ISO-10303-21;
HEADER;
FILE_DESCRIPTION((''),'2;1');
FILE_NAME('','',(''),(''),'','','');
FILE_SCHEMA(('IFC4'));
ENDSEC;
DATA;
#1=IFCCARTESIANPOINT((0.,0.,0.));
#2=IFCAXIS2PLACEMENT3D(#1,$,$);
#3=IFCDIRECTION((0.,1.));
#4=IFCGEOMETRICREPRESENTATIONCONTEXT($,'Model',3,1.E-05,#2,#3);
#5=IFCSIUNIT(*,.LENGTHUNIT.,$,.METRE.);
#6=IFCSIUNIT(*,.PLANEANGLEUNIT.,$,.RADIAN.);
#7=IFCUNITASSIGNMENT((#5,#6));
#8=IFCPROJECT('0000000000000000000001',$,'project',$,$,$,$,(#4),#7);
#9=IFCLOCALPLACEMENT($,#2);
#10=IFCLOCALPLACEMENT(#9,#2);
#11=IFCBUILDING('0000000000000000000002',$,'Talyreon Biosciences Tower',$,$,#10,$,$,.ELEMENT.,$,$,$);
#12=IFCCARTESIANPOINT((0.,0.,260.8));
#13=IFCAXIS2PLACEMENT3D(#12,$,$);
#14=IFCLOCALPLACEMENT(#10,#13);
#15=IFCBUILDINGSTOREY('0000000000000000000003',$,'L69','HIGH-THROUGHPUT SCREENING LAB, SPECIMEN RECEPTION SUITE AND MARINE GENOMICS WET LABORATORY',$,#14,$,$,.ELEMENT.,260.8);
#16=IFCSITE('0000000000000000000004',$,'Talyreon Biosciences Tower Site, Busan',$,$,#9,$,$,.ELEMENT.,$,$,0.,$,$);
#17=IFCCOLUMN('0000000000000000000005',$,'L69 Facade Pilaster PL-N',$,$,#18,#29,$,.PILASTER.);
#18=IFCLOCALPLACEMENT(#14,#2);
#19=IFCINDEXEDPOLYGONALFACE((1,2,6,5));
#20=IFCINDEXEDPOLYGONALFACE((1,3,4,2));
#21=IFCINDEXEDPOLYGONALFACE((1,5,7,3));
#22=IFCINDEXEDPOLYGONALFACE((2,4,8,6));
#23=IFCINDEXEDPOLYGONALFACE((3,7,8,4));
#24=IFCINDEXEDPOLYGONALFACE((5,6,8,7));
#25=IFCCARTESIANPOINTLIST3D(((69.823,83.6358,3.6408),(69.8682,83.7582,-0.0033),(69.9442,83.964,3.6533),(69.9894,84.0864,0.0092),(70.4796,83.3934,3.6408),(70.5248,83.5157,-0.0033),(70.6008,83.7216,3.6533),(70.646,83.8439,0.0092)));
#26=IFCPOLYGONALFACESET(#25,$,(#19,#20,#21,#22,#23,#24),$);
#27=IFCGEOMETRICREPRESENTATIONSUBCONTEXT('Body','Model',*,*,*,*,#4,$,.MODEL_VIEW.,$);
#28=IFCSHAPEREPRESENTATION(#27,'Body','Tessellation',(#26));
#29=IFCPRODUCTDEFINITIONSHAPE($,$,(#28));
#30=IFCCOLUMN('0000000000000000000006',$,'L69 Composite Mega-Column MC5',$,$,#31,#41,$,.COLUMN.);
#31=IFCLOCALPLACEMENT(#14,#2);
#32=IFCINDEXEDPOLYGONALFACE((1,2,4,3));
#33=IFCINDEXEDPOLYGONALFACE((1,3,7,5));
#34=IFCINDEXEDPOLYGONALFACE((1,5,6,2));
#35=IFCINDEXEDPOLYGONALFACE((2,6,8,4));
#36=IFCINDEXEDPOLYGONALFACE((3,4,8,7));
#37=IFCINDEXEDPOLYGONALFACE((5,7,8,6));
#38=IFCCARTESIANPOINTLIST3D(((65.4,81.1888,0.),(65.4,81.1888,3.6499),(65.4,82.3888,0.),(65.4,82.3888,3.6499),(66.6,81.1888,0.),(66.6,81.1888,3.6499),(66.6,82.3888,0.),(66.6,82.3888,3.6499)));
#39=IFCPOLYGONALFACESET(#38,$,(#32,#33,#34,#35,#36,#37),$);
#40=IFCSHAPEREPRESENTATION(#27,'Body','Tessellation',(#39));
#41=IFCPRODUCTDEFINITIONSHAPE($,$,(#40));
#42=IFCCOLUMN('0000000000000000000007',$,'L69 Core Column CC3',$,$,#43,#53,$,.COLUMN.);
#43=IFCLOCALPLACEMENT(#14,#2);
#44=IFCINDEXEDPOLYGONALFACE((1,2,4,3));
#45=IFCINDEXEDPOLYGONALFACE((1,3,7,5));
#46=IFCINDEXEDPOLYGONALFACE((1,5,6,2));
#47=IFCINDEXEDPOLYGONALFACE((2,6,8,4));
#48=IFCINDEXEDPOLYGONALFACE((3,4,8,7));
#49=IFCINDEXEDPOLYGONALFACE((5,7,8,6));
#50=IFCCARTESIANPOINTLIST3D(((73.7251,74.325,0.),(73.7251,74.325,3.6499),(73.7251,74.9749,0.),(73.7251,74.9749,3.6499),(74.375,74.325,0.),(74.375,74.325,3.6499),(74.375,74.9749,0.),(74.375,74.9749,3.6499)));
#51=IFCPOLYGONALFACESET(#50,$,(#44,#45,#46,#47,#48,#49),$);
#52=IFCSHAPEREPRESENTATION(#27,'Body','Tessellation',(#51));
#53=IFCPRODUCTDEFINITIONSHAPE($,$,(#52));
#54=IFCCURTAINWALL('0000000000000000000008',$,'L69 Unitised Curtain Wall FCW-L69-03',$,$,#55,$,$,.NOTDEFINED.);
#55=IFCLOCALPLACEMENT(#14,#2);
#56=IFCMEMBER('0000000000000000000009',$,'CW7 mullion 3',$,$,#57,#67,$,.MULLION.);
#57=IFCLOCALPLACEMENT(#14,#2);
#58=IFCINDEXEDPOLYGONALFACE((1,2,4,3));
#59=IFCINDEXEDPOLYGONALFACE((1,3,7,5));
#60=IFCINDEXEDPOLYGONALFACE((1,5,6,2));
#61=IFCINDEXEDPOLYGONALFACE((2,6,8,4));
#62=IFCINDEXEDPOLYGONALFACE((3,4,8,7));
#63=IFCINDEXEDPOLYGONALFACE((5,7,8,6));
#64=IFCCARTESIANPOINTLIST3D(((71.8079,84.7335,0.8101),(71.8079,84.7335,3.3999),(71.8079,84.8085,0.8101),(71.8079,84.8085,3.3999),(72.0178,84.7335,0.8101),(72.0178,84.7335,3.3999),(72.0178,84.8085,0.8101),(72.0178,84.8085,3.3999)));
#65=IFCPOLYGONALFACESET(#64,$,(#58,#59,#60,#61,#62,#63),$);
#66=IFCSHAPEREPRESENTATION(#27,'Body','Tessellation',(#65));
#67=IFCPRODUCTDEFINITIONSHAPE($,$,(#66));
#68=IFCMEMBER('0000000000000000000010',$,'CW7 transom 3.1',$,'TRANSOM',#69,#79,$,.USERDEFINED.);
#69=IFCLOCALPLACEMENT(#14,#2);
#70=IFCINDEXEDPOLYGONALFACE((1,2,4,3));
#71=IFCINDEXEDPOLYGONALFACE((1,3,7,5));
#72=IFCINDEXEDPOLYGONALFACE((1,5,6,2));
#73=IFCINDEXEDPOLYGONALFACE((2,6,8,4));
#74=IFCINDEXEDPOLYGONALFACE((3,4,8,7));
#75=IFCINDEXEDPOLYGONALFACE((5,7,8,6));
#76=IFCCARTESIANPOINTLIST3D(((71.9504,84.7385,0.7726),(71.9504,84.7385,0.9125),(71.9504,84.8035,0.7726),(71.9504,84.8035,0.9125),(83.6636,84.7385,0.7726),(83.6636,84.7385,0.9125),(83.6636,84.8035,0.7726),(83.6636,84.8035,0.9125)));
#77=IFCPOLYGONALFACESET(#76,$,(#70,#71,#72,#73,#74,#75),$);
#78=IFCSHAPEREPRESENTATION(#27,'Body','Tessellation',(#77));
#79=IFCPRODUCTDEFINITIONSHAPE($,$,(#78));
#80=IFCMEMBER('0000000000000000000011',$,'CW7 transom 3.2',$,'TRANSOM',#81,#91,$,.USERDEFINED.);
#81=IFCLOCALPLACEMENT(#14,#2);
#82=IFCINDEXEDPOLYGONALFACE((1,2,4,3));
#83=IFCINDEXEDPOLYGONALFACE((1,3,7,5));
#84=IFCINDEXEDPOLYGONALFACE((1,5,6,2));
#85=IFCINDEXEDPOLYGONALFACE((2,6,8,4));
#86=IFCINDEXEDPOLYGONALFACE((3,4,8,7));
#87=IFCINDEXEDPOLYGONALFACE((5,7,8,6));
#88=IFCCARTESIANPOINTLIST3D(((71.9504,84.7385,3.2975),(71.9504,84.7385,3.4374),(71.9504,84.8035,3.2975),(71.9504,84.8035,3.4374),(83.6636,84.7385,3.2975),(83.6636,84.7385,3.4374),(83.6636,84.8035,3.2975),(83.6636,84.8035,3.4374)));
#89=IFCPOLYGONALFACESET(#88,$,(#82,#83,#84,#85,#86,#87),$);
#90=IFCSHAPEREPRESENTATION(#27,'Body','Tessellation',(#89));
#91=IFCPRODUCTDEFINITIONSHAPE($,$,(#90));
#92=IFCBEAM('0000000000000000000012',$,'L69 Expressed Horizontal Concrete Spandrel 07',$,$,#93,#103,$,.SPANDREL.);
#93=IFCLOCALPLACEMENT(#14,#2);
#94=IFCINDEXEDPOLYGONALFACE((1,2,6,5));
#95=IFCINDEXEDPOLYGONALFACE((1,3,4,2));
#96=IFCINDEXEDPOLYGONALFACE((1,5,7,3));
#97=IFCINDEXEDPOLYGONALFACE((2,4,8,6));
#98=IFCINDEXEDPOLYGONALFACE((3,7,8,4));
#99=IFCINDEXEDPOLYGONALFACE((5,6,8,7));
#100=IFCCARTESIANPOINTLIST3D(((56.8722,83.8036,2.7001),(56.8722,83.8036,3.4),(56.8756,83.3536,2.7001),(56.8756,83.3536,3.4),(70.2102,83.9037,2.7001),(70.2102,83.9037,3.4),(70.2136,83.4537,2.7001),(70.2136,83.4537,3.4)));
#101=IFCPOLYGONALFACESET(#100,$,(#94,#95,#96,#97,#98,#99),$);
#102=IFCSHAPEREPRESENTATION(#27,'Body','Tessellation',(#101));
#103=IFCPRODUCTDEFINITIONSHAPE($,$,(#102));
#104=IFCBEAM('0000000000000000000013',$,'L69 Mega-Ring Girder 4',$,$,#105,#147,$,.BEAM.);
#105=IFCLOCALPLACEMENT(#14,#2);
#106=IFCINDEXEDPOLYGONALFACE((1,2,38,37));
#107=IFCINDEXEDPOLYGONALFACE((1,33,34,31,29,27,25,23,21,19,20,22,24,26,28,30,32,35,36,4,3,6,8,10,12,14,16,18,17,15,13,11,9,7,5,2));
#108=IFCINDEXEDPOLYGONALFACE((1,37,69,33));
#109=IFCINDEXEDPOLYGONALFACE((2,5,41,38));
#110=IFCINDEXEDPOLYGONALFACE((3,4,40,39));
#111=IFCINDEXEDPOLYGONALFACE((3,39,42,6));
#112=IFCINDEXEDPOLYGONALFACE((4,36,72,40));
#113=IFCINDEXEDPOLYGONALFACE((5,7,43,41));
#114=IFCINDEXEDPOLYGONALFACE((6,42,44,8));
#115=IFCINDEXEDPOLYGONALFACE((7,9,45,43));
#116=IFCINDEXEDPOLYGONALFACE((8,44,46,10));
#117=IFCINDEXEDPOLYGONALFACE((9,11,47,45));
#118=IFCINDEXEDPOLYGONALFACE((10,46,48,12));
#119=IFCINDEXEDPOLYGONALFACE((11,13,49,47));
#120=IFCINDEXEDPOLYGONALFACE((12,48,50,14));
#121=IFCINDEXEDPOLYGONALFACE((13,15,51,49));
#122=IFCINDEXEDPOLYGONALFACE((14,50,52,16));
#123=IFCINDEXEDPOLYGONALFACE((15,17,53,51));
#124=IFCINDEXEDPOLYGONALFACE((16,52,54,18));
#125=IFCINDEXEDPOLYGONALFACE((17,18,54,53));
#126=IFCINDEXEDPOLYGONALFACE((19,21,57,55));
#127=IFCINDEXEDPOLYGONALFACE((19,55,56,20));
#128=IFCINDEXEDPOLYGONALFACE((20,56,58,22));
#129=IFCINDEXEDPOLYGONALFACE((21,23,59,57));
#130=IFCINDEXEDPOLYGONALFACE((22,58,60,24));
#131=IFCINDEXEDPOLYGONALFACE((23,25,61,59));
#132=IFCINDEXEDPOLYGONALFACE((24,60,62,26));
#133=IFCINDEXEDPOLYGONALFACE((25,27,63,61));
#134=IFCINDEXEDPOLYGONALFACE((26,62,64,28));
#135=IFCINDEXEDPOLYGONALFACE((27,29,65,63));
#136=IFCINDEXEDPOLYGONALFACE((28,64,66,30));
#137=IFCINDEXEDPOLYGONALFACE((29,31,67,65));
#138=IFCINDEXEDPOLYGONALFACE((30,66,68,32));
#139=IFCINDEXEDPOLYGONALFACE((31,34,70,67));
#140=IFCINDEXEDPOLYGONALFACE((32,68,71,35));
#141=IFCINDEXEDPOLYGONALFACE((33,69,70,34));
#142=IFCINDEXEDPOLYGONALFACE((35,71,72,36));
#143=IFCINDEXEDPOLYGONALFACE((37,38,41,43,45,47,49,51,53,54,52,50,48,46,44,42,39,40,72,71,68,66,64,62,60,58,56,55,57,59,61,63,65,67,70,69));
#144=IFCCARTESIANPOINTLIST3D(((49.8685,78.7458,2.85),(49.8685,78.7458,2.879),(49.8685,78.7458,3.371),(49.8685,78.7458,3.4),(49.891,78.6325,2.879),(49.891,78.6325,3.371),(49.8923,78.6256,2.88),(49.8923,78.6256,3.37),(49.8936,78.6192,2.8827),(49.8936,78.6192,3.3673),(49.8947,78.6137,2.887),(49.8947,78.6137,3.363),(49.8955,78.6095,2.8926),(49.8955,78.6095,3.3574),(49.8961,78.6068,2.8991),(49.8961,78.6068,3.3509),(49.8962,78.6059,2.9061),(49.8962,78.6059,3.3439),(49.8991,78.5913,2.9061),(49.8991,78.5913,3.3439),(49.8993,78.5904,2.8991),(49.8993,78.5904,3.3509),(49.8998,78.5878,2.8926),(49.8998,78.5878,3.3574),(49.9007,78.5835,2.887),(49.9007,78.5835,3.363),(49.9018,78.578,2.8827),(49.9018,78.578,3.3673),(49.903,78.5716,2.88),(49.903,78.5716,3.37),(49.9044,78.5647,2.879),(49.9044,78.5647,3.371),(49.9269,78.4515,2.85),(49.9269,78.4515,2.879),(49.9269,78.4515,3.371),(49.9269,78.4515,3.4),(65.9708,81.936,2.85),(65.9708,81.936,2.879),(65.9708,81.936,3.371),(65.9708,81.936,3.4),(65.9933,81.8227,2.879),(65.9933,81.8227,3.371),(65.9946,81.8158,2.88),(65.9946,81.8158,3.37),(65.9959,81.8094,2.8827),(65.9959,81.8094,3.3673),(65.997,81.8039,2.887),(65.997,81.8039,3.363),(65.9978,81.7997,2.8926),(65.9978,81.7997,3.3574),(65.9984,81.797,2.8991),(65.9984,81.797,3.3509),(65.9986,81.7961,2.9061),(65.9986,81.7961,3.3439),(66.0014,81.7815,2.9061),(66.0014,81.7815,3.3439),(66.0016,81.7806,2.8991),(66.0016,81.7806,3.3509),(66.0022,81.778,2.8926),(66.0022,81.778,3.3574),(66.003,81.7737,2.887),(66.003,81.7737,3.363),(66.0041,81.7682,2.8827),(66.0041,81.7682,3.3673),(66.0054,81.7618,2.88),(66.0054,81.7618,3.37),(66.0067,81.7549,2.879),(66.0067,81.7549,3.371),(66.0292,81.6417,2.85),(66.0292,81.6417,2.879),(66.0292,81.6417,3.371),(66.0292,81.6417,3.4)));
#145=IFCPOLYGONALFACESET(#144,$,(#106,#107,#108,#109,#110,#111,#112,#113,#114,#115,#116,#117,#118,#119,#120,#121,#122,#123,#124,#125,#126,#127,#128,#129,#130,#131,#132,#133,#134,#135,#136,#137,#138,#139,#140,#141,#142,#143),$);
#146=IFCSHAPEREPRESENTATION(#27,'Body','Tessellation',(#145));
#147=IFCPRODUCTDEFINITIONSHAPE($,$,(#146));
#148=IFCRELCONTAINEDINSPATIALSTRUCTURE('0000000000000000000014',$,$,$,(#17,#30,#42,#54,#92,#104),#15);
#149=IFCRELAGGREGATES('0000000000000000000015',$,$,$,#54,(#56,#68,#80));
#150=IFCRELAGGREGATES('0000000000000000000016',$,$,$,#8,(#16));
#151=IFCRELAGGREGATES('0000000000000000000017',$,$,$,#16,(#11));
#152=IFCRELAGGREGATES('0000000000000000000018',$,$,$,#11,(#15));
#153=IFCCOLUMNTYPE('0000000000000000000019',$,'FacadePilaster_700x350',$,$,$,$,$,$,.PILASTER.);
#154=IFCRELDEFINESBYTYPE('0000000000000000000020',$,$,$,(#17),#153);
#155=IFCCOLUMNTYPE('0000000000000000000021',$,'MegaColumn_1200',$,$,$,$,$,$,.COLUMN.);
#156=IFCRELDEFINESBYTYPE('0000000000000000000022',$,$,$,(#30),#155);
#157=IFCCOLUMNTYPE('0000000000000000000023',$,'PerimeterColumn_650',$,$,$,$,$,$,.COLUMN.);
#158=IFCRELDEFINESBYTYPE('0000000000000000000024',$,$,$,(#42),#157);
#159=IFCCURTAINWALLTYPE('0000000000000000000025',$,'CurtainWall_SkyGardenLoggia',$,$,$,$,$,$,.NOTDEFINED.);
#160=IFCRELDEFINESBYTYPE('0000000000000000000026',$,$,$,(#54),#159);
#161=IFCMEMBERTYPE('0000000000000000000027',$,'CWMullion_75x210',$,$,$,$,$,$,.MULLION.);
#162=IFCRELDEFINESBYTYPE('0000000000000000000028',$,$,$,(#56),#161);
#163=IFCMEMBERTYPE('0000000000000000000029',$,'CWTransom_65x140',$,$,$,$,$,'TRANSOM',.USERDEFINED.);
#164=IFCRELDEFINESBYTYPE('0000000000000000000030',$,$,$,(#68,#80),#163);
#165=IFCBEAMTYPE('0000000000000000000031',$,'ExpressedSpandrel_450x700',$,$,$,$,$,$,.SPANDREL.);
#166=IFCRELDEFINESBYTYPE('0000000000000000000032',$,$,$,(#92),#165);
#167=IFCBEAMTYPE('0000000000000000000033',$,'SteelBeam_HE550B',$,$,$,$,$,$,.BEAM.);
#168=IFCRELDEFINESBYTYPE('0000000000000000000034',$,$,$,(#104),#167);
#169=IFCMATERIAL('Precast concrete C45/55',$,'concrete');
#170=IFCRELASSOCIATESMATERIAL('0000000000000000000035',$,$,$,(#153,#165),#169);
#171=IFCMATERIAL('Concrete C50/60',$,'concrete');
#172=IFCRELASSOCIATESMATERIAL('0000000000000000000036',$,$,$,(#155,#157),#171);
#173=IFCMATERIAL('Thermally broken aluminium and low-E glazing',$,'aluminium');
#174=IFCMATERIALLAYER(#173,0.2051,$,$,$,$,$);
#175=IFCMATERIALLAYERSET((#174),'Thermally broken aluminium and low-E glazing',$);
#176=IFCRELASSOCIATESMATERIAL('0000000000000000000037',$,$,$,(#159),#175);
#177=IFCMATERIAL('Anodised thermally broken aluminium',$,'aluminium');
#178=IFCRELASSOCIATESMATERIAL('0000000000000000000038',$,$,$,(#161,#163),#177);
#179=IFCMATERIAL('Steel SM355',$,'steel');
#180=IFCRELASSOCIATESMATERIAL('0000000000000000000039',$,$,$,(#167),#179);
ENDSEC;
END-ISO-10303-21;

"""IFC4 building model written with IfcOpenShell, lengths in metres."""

from ifc_helpers import new_model, si_unit, direction, frame, origin, origin_2d, place, context, subcontext, project, spatial, rectangle, i_section, extrude, material, layer, layer_set, material_profile, profile_set, type_object, element, aggregate, save


model = new_model("IFC4")

# Units and contexts
model_context = context("Model", 3, precision=1e-05, world=origin(), true_north=direction((0.0, 1.0)))
body_context = subcontext(model_context, "Body", "Model", "MODEL_VIEW")
ifc_project = project(units=[si_unit("LENGTHUNIT", "METRE"), si_unit("PLANEANGLEUNIT", "RADIAN")], contexts=[model_context])

# Site, building, storey
site_placement = place(None, origin())
site = spatial("IfcSite", under=ifc_project, at=site_placement, Name="Talyreon Biosciences Tower Site, Busan", CompositionType="ELEMENT", RefElevation=0.0)
building_placement = place(site_placement, origin())
building = spatial("IfcBuilding", under=site, at=building_placement, Name="Talyreon Biosciences Tower", CompositionType="ELEMENT")
storey_placement = place(building_placement, frame((0.0, 0.0, 260.8)))
storey = spatial("IfcBuildingStorey", under=building, at=storey_placement, Name="L69", Description="HIGH-THROUGHPUT SCREENING LAB, SPECIMEN RECEPTION SUITE AND MARINE GENOMICS WET LABORATORY", CompositionType="ELEMENT", Elevation=260.8)

# Columns
ifc_material_1 = material(Name="Precast concrete C45/55", Category="concrete")
ifc_material_profile_1 = material_profile(ifc_material_1, rectangle(XDim=0.7, YDim=0.3501, at=origin_2d()), Name="RC 700x350")
ifc_profile_set_1 = profile_set([ifc_material_profile_1], Name="Precast concrete C45/55")
column_type_1 = type_object("IfcColumnType", Name="FacadePilaster_700x350", PredefinedType="PILASTER", material=ifc_profile_set_1)
column_1_placement = place(storey_placement, frame((70.2571, 83.801, 0.0029), z_axis=(-0.012387, -0.033544, 0.99936), x_axis=(-0.938087, 0.346399, 0.0)))
element("IfcColumn", 1, at=column_1_placement, inside=storey, type_object=column_type_1, Name="L69 Facade Pilaster PL-N", PredefinedType="PILASTER", context=body_context, shape_type="SweptSolid", body=[
    extrude(rectangle(XDim=0.7, YDim=0.3501, at=origin_2d()), origin(), (0.0, 0.0, 1.0), 3.6465),
])
ifc_material_2 = material(Name="Concrete C50/60", Category="concrete")
ifc_material_profile_2 = material_profile(ifc_material_2, rectangle(XDim=1.2, YDim=1.2, at=origin_2d()), Name="RC 1200x1200")
ifc_profile_set_2 = profile_set([ifc_material_profile_2], Name="Concrete C50/60")
column_type_2 = type_object("IfcColumnType", Name="MegaColumn_1200", PredefinedType="COLUMN", material=ifc_profile_set_2)
column_2_placement = place(storey_placement, frame((66.0, 81.7888, 0.0), z_axis=(0.0, 0.0, 1.0), x_axis=(1.0, 0.0, 0.0)))
element("IfcColumn", 2, at=column_2_placement, inside=storey, type_object=column_type_2, Name="L69 Composite Mega-Column MC5", PredefinedType="COLUMN", context=body_context, shape_type="SweptSolid", body=[
    extrude(rectangle(XDim=1.2, YDim=1.2, at=origin_2d()), origin(), (0.0, 0.0, 1.0), 3.6499),
])
ifc_material_profile_3 = material_profile(ifc_material_2, rectangle(XDim=0.6499, YDim=0.6499, at=origin_2d()), Name="RC 650x650")
ifc_profile_set_3 = profile_set([ifc_material_profile_3], Name="Concrete C50/60")
column_type_3 = type_object("IfcColumnType", Name="PerimeterColumn_650", PredefinedType="COLUMN", material=ifc_profile_set_3)
column_3_placement = place(storey_placement, frame((74.05, 74.6499, 0.0), z_axis=(0.0, 0.0, 1.0), x_axis=(1.0, 0.0, 0.0)))
element("IfcColumn", 3, at=column_3_placement, inside=storey, type_object=column_type_3, Name="L69 Core Column CC3", PredefinedType="COLUMN", context=body_context, shape_type="SweptSolid", body=[
    extrude(rectangle(XDim=0.6499, YDim=0.6499, at=origin_2d()), origin(), (0.0, 0.0, 1.0), 3.6499),
])

# Curtain wall, members
ifc_material_3 = material(Name="Thermally broken aluminium and low-E glazing", Category="aluminium")
ifc_layer_1 = layer(ifc_material_3, 0.2051)
ifc_layer_set_1 = layer_set([ifc_layer_1], Name="Thermally broken aluminium and low-E glazing")
curtain_wall_type = type_object("IfcCurtainWallType", Name="CurtainWall_SkyGardenLoggia", PredefinedType="NOTDEFINED", material=ifc_layer_set_1)
curtain_wall_placement = place(storey_placement, origin())
curtain_wall = element("IfcCurtainWall", 4, at=curtain_wall_placement, inside=storey, type_object=curtain_wall_type, Name="L69 Unitised Curtain Wall FCW-L69-03", PredefinedType="NOTDEFINED")
ifc_material_4 = material(Name="Anodised thermally broken aluminium", Category="aluminium")
ifc_material_profile_4 = material_profile(ifc_material_4, rectangle(XDim=0.075, YDim=0.21, at=origin_2d()), Name="ALUM MULLION 75x210")
ifc_profile_set_4 = profile_set([ifc_material_profile_4], Name="Anodised thermally broken aluminium")
member_type_1 = type_object("IfcMemberType", Name="CWMullion_75x210", PredefinedType="MULLION", material=ifc_profile_set_4)
member_1_placement = place(storey_placement, frame((71.9128, 84.771, 0.8101), z_axis=(0.0, 0.0, 1.0), x_axis=(0.0, 1.0, 0.0)))
member_1 = element("IfcMember", 5, at=member_1_placement, type_object=member_type_1, Name="CW7 mullion 3", PredefinedType="MULLION", context=body_context, shape_type="SweptSolid", body=[
    extrude(rectangle(XDim=0.075, YDim=0.21, at=origin_2d()), origin(), (0.0, 0.0, 1.0), 2.5898),
])
ifc_material_profile_5 = material_profile(ifc_material_4, rectangle(XDim=0.0649, YDim=0.1399, at=origin_2d()), Name="ALUM TRANSOM 65x140")
ifc_profile_set_5 = profile_set([ifc_material_profile_5], Name="Anodised thermally broken aluminium")
member_type_2 = type_object("IfcMemberType", Name="CWTransom_65x140", ElementType="TRANSOM", PredefinedType="USERDEFINED", material=ifc_profile_set_5)
member_2_placement = place(storey_placement, frame((71.9504, 84.771, 0.8425), z_axis=(1.0, 0.0, 0.0), x_axis=(0.0, 1.0, 0.0)))
member_2 = element("IfcMember", 6, at=member_2_placement, type_object=member_type_2, Name="CW7 transom 3.1", ObjectType="TRANSOM", PredefinedType="USERDEFINED", context=body_context, shape_type="SweptSolid", body=[
    extrude(rectangle(XDim=0.0649, YDim=0.1399, at=origin_2d()), origin(), (0.0, 0.0, 1.0), 11.7131),
])
member_3_placement = place(storey_placement, frame((71.9504, 84.771, 3.3674), z_axis=(1.0, 0.0, 0.0), x_axis=(0.0, 1.0, 0.0)))
member_3 = element("IfcMember", 7, at=member_3_placement, type_object=member_type_2, Name="CW7 transom 3.2", ObjectType="TRANSOM", PredefinedType="USERDEFINED", context=body_context, shape_type="SweptSolid", body=[
    extrude(rectangle(XDim=0.0649, YDim=0.1399, at=origin_2d()), origin(), (0.0, 0.0, 1.0), 11.7131),
])

# Beams
ifc_material_profile_6 = material_profile(ifc_material_1, rectangle(XDim=0.45, YDim=0.7, at=origin_2d()), Name="RCB 450x700")
ifc_profile_set_6 = profile_set([ifc_material_profile_6], Name="Precast concrete C45/55")
beam_type_1 = type_object("IfcBeamType", Name="ExpressedSpandrel_450x700", PredefinedType="SPANDREL", material=ifc_profile_set_6)
beam_1_placement = place(storey_placement, frame((70.2119, 83.6787, 3.05), z_axis=(-0.999972, -0.007505, 0.0), x_axis=(0.007505, -0.999972, 0.0)))
element("IfcBeam", 8, at=beam_1_placement, inside=storey, type_object=beam_type_1, Name="L69 Expressed Horizontal Concrete Spandrel 07", PredefinedType="SPANDREL", context=body_context, shape_type="SweptSolid", body=[
    extrude(rectangle(XDim=0.45, YDim=0.7, at=origin_2d()), origin(), (0.0, 0.0, 1.0), 13.3384),
])
ifc_material_5 = material(Name="Steel SM355", Category="steel")
ifc_material_profile_7 = material_profile(ifc_material_5, i_section(OverallWidth=0.3, OverallDepth=0.55, WebThickness=0.0149, FlangeThickness=0.0291, FilletRadius=0.0271, at=origin_2d()), Name="HE550B")
ifc_profile_set_7 = profile_set([ifc_material_profile_7], Name="Steel SM355")
beam_type_2 = type_object("IfcBeamType", Name="SteelBeam_HE550B", PredefinedType="BEAM", material=ifc_profile_set_7)
beam_2_placement = place(storey_placement, frame((66.0, 81.7888, 3.125), z_axis=(-0.980934, -0.194343, 0.0), x_axis=(0.194343, -0.980934, 0.0)))
element("IfcBeam", 9, at=beam_2_placement, inside=storey, type_object=beam_type_2, Name="L69 Mega-Ring Girder 4", PredefinedType="BEAM", context=body_context, shape_type="SweptSolid", body=[
    extrude(i_section(OverallWidth=0.3, OverallDepth=0.55, WebThickness=0.0149, FlangeThickness=0.0291, FilletRadius=0.0271, at=origin_2d()), origin(), (0.0, 0.0, 1.0), 16.4153),
])

aggregate(curtain_wall, [member_1, member_2, member_3])

save(model, "model.ifc")
